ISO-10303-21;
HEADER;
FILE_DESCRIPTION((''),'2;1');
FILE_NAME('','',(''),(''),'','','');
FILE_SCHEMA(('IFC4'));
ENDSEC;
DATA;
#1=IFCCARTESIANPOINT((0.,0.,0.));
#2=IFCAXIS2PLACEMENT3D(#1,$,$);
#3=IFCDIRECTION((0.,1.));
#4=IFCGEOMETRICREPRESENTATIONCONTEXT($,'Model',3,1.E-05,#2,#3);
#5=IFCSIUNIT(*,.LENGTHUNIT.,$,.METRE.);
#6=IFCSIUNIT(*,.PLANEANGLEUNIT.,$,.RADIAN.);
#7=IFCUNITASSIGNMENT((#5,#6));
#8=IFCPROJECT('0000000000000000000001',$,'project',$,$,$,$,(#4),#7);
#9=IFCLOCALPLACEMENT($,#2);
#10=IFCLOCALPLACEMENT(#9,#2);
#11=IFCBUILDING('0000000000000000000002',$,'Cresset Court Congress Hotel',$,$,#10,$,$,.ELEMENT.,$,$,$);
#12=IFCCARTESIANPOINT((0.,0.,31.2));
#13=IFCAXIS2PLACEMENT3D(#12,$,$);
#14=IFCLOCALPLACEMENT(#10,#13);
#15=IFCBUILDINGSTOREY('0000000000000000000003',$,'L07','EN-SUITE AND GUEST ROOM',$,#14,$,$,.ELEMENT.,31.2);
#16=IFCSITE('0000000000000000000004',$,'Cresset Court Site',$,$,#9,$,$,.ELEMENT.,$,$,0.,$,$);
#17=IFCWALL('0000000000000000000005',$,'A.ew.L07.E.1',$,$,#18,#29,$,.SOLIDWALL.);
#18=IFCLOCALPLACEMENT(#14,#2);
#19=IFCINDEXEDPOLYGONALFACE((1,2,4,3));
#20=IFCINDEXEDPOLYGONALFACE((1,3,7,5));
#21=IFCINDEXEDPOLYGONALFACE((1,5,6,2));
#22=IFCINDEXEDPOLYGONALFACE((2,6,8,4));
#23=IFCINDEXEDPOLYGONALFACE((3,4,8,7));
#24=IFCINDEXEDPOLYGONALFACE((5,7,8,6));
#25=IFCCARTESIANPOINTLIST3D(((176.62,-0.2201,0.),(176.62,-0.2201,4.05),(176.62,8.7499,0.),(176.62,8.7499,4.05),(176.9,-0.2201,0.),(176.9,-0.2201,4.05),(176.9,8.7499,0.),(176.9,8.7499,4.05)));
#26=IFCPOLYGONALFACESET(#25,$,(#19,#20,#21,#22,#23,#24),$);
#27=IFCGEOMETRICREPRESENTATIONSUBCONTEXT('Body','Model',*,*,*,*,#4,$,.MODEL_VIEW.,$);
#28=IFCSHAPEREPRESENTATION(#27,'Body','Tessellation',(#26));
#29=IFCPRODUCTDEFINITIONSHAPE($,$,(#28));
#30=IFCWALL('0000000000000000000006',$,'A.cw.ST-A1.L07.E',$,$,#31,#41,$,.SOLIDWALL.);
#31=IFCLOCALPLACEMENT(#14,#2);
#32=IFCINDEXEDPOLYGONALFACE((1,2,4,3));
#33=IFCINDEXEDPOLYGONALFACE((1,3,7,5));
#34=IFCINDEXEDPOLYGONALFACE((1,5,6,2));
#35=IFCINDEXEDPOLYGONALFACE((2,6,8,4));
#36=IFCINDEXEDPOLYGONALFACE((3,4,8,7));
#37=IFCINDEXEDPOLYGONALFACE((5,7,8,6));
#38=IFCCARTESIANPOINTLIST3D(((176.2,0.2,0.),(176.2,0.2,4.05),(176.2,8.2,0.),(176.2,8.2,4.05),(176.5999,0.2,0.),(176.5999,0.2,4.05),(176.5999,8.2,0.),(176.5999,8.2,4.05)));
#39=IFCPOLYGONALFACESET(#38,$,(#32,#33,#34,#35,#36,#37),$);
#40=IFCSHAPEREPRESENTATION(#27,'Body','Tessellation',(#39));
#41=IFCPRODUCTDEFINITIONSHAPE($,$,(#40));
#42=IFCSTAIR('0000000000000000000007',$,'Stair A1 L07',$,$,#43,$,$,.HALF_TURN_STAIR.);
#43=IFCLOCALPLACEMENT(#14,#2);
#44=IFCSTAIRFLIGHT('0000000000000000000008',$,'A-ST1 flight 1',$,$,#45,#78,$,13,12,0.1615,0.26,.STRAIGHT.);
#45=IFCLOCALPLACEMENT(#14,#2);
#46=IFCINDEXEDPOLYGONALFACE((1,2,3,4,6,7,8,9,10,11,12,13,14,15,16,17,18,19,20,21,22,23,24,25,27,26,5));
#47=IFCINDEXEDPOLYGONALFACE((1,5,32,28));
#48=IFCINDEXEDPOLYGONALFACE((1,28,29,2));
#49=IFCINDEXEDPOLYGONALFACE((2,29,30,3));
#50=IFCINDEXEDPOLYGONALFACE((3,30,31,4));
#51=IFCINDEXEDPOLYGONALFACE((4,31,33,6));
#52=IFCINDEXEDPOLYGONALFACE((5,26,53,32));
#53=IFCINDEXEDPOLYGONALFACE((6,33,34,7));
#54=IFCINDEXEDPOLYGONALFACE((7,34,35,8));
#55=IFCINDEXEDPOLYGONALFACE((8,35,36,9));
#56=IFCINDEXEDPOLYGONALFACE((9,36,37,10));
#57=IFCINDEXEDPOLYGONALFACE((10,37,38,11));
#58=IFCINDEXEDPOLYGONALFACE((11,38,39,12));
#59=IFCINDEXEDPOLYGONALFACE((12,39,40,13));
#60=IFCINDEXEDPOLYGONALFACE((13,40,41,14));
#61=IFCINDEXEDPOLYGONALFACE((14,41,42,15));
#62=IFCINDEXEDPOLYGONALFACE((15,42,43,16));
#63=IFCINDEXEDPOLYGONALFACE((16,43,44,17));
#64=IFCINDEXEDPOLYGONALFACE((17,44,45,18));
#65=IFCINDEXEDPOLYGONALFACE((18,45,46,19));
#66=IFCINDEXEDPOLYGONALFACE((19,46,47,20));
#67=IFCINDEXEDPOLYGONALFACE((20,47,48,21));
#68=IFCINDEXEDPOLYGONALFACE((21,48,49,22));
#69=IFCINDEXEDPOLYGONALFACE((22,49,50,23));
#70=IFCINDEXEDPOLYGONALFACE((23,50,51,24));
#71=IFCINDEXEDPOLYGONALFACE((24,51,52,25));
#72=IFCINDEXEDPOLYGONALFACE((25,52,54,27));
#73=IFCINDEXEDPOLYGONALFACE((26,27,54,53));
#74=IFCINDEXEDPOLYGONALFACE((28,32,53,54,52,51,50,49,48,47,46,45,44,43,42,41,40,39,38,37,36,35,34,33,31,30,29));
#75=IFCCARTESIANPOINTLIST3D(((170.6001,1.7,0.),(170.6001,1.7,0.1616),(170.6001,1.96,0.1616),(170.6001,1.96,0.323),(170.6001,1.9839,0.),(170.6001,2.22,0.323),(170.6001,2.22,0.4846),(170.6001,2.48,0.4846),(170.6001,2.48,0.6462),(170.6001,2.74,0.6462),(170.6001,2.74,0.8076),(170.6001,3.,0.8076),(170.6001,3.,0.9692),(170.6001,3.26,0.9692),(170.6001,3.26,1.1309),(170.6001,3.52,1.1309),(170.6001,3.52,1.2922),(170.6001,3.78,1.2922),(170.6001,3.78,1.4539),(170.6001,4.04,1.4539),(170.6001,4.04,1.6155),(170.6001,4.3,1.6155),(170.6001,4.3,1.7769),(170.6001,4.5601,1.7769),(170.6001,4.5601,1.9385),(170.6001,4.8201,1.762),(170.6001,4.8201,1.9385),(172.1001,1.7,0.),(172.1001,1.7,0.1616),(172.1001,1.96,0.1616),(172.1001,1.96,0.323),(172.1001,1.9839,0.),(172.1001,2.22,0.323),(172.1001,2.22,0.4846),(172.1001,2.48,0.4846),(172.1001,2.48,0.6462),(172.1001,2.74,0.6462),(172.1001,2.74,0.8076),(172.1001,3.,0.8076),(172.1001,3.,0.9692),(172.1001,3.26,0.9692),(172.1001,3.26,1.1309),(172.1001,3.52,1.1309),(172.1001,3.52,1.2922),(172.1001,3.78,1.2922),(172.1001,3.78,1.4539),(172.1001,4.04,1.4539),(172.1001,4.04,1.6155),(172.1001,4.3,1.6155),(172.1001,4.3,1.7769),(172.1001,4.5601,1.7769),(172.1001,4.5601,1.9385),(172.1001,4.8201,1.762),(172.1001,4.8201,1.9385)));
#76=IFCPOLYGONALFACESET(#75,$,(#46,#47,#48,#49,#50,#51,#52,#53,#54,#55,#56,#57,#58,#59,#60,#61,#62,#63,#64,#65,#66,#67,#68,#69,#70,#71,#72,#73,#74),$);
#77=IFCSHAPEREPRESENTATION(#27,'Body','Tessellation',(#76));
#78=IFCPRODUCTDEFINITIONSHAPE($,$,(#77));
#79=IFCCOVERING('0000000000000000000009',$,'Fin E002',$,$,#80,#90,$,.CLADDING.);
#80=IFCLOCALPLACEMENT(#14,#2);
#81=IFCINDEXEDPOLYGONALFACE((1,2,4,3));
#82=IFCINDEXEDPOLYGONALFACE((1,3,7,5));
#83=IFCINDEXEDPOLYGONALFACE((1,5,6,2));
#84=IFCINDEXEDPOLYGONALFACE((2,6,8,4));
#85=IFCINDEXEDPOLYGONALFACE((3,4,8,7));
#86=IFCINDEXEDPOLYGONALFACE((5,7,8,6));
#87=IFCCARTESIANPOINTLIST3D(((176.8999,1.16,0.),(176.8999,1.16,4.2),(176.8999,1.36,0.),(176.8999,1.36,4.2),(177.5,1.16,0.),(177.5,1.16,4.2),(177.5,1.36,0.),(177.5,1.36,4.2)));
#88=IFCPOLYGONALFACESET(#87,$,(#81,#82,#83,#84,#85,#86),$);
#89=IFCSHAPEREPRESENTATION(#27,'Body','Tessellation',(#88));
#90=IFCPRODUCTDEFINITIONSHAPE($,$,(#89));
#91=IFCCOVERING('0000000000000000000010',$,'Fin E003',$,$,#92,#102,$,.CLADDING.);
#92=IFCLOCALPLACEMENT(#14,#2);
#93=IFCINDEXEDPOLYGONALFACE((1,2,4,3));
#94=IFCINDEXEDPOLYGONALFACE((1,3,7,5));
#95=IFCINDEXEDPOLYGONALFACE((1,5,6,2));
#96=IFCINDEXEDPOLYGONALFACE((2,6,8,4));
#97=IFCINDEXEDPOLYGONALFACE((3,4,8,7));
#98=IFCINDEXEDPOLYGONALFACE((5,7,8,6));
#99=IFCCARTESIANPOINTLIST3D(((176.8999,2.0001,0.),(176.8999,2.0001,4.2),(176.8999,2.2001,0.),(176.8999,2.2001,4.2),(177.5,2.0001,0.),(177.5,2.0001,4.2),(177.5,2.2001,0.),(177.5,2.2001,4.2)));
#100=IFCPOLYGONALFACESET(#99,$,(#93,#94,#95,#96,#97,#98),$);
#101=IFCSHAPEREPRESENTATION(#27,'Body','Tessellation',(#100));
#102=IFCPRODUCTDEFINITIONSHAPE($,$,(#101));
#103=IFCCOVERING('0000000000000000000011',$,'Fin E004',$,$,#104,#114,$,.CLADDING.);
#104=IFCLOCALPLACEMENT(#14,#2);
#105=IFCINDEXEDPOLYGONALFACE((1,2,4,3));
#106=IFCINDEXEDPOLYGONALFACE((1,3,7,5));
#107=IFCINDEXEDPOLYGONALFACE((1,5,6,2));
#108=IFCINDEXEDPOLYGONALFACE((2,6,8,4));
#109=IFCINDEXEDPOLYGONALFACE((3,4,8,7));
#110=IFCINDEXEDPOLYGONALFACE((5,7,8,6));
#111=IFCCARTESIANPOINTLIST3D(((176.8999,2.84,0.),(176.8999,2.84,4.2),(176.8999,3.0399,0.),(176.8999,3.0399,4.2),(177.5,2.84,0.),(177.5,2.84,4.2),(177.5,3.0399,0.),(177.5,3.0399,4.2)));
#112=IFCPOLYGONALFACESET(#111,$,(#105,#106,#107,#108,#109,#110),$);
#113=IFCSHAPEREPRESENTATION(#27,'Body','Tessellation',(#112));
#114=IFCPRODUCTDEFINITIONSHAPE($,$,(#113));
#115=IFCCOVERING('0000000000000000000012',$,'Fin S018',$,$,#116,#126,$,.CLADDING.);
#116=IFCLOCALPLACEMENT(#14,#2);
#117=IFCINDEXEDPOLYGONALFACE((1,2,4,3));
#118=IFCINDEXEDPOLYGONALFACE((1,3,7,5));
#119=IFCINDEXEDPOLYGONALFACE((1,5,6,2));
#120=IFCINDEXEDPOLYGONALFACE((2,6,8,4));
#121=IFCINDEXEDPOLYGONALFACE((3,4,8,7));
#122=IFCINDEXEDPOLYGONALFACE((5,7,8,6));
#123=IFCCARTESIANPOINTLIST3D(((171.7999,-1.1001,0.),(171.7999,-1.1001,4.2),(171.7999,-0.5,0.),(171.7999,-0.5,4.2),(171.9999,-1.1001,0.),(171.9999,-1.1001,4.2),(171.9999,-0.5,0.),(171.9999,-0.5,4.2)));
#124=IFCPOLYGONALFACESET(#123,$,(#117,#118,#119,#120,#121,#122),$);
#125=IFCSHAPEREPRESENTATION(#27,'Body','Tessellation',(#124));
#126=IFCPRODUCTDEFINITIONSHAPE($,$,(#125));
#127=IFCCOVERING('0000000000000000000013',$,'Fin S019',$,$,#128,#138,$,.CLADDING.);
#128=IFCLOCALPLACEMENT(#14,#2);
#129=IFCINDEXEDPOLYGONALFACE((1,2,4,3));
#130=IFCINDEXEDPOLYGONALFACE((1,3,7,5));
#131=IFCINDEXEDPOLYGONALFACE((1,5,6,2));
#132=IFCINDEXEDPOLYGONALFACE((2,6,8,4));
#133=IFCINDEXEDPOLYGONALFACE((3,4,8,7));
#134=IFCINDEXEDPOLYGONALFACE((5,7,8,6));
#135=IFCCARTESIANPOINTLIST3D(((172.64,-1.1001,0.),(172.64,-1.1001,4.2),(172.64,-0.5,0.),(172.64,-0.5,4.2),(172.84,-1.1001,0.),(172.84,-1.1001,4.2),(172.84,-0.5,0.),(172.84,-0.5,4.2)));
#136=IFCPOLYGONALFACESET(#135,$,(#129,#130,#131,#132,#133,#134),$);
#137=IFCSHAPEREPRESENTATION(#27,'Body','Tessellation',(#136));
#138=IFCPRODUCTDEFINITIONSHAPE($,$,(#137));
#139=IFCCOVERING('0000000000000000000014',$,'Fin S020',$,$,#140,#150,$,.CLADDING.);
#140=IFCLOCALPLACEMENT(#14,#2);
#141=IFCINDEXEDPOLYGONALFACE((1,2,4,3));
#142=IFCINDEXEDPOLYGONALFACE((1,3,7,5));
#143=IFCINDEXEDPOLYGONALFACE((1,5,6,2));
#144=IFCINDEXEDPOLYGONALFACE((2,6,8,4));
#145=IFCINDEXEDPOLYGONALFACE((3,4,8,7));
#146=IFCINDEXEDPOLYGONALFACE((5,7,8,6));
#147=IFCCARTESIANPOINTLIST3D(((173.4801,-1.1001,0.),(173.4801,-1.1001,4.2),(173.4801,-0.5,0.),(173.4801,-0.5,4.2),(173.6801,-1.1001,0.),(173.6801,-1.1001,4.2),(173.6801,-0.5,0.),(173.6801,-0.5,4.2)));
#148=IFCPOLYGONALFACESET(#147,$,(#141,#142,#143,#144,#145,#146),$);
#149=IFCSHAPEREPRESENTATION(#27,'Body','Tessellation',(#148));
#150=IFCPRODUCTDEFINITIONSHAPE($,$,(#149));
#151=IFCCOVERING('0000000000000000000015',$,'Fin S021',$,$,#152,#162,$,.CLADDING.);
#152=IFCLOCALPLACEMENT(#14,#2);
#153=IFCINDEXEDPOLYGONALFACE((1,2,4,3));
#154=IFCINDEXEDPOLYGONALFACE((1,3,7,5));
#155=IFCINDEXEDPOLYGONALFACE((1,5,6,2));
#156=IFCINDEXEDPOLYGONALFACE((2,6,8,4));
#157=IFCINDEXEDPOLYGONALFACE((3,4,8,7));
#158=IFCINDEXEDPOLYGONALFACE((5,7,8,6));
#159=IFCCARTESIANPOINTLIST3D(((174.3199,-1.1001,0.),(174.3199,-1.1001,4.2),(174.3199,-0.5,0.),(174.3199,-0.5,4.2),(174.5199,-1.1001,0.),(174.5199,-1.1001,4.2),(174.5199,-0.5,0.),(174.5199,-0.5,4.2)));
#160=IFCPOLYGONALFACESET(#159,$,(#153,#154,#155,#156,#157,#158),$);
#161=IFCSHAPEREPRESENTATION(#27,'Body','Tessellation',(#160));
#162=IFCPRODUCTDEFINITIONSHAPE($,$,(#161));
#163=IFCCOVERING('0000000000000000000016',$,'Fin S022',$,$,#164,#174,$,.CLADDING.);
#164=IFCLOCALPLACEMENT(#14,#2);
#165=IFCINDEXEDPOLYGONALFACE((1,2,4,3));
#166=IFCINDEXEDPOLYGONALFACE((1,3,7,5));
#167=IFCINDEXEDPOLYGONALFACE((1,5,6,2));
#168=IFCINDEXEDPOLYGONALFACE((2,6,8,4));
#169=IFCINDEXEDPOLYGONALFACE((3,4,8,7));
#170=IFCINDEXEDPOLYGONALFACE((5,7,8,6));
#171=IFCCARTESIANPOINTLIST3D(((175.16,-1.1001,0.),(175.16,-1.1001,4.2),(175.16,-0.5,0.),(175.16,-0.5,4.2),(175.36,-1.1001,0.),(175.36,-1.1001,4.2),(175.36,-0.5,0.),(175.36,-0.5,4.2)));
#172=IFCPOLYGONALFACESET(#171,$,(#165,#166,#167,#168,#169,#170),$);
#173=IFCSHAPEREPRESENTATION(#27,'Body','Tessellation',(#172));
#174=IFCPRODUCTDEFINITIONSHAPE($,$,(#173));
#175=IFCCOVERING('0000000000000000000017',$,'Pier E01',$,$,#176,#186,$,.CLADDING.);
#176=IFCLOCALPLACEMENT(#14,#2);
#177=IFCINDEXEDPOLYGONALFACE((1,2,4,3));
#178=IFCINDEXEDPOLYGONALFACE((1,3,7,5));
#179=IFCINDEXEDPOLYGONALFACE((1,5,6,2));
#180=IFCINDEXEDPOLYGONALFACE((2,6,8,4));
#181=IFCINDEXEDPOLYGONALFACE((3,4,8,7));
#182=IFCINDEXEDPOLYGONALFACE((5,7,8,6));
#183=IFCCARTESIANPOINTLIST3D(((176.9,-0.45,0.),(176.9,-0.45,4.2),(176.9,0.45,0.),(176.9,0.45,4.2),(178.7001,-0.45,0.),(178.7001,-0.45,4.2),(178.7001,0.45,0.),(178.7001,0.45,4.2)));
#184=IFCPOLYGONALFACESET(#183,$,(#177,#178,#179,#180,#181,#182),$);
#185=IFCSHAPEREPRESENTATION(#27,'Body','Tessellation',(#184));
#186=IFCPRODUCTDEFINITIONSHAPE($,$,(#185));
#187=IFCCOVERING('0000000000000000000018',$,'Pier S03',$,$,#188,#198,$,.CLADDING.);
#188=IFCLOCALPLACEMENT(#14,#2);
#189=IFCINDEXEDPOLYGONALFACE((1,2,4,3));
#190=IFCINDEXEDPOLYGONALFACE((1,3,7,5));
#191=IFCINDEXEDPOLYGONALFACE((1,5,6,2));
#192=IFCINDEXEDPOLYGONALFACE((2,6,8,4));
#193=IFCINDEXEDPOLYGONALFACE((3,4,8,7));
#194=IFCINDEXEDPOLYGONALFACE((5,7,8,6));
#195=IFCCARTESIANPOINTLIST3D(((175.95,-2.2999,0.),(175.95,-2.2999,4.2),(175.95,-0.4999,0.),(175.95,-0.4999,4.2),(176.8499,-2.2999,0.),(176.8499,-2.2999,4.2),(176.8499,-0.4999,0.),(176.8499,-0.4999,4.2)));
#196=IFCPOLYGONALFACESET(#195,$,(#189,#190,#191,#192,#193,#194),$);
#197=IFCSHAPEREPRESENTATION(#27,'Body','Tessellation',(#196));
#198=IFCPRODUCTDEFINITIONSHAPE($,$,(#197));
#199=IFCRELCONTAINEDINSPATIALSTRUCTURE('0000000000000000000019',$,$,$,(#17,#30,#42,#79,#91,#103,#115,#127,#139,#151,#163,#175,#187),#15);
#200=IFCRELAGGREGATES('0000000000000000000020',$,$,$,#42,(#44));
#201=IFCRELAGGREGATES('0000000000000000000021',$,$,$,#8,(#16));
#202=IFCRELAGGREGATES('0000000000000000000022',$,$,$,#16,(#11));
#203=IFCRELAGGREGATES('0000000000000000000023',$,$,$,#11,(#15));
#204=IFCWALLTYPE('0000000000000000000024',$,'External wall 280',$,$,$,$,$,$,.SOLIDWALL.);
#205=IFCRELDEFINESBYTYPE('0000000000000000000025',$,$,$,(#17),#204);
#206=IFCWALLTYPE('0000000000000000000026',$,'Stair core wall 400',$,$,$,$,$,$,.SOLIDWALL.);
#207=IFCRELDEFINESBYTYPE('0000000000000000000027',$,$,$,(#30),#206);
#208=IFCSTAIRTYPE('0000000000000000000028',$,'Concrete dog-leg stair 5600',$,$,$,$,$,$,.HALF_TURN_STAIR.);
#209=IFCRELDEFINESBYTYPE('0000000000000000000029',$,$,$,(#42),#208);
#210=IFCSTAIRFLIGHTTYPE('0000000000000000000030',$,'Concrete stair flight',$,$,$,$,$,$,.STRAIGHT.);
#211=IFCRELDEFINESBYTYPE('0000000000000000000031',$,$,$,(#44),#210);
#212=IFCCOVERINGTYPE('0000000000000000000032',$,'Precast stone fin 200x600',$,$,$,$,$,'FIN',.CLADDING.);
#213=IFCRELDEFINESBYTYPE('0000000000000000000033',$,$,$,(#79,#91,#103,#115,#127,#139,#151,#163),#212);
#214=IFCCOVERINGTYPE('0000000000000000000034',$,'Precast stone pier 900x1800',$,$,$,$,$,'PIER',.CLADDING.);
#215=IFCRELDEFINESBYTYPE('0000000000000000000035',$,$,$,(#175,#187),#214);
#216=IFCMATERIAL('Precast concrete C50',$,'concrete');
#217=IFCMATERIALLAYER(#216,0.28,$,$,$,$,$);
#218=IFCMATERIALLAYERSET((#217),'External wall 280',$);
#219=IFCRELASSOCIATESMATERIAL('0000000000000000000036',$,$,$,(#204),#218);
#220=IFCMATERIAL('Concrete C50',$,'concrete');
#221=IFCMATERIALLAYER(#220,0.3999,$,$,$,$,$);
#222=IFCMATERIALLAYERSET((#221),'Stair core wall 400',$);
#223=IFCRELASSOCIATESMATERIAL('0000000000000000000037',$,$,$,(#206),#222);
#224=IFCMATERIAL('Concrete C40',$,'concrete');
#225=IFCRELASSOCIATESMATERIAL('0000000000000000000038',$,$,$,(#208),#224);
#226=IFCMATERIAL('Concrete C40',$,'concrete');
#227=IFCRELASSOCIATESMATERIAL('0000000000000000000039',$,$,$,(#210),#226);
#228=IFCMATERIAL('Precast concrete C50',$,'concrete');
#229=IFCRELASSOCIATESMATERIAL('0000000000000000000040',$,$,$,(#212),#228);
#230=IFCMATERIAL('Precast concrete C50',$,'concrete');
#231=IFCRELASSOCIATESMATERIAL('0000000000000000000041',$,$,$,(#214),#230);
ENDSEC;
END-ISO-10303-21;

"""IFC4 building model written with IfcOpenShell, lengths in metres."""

from ifc_helpers import new_model, si_unit, direction, frame, frame_2d, origin, origin_2d, place, context, subcontext, project, spatial, polyline, rectangle, outline, extrude, material, layer, layer_set, type_object, element, aggregate, save


model = new_model("IFC4")

# Units and contexts
model_context = context("Model", 3, precision=1e-05, world=origin(), true_north=direction((0.0, 1.0)))
body_context = subcontext(model_context, "Body", "Model", "MODEL_VIEW")
ifc_project = project(units=[si_unit("LENGTHUNIT", "METRE"), si_unit("PLANEANGLEUNIT", "RADIAN")], contexts=[model_context])

# Site, building, storey
site_placement = place(None, origin())
site = spatial("IfcSite", under=ifc_project, at=site_placement, Name="Cresset Court Site", CompositionType="ELEMENT", RefElevation=0.0)
building_placement = place(site_placement, origin())
building = spatial("IfcBuilding", under=site, at=building_placement, Name="Cresset Court Congress Hotel", CompositionType="ELEMENT")
storey_placement = place(building_placement, frame((0.0, 0.0, 31.2)))
storey = spatial("IfcBuildingStorey", under=building, at=storey_placement, Name="L07", Description="EN-SUITE AND GUEST ROOM", CompositionType="ELEMENT", Elevation=31.2)

# Walls
ifc_material_1 = material(Name="Precast concrete C50", Category="concrete")
ifc_layer_1 = layer(ifc_material_1, 0.28)
ifc_layer_set_1 = layer_set([ifc_layer_1], Name="External wall 280")
wall_type_1 = type_object("IfcWallType", Name="External wall 280", PredefinedType="SOLIDWALL", material=ifc_layer_set_1)
wall_1_placement = place(storey_placement, frame((176.76, -0.22, 0.0), z_axis=(0.0, 0.0, 1.0), x_axis=(0.0, 1.0, 0.0)))
element("IfcWall", 1, at=wall_1_placement, inside=storey, type_object=wall_type_1, Name="A.ew.L07.E.1", PredefinedType="SOLIDWALL", context=body_context, shape_type="SweptSolid", body=[
    extrude(rectangle(XDim=8.97, YDim=0.28, at=frame_2d((4.4849, 0.0))), origin(), (0.0, 0.0, 1.0), 4.05),
])
ifc_material_2 = material(Name="Concrete C50", Category="concrete")
ifc_layer_2 = layer(ifc_material_2, 0.3999)
ifc_layer_set_2 = layer_set([ifc_layer_2], Name="Stair core wall 400")
wall_type_2 = type_object("IfcWallType", Name="Stair core wall 400", PredefinedType="SOLIDWALL", material=ifc_layer_set_2)
wall_2_placement = place(storey_placement, frame((176.3999, 0.2, 0.0), z_axis=(0.0, 0.0, 1.0), x_axis=(0.0, 1.0, 0.0)))
element("IfcWall", 2, at=wall_2_placement, inside=storey, type_object=wall_type_2, Name="A.cw.ST-A1.L07.E", PredefinedType="SOLIDWALL", context=body_context, shape_type="SweptSolid", body=[
    extrude(rectangle(XDim=8.0, YDim=0.3999, at=frame_2d((4.0, 0.0))), origin(), (0.0, 0.0, 1.0), 4.05),
])

# Stair, stair flight
ifc_material_3 = material(Name="Concrete C40", Category="concrete")
stair_type = type_object("IfcStairType", Name="Concrete dog-leg stair 5600", PredefinedType="HALF_TURN_STAIR", material=ifc_material_3)
stair_placement = place(storey_placement, origin())
stair = element("IfcStair", 3, at=stair_placement, inside=storey, type_object=stair_type, Name="Stair A1 L07", PredefinedType="HALF_TURN_STAIR")
ifc_material_4 = material(Name="Concrete C40", Category="concrete")
stair_flight_type = type_object("IfcStairFlightType", Name="Concrete stair flight", PredefinedType="STRAIGHT", material=ifc_material_4)
stair_flight_placement = place(storey_placement, frame((171.3501, 1.7, 0.0), z_axis=(0.0, 0.0, 1.0), x_axis=(0.0, 1.0, 0.0)))
stair_flight = element("IfcStairFlight", 4, at=stair_flight_placement, type_object=stair_flight_type, Name="A-ST1 flight 1", NumberOfRisers=13, NumberOfTreads=12, PredefinedType="STRAIGHT", RiserHeight=0.1615, TreadLength=0.26, context=body_context, shape_type="SweptSolid", body=[
    extrude(outline(polyline([(0.0, 0.0), (0.0, 0.1616), (0.26, 0.1616), (0.26, 0.323), (0.52, 0.323), (0.52, 0.4846), (0.78, 0.4846), (0.78, 0.6462), (1.04, 0.6462), (1.04, 0.8076), (1.3, 0.8076), (1.3, 0.9692), (1.5601, 0.9692), (1.5601, 1.1309), (1.8201, 1.1309), (1.8201, 1.2922), (2.0801, 1.2922), (2.0801, 1.4539), (2.3401, 1.4539), (2.3401, 1.6155), (2.6001, 1.6155), (2.6001, 1.7769), (2.8601, 1.7769), (2.8601, 1.9385), (3.1201, 1.9385), (3.1201, 2.1001), (3.1201, 1.762), (0.2839, 0.0), (0.0, 0.0)])), frame((0.0, 0.75, 0.0), z_axis=(0.0, -1.0, 0.0), x_axis=(1.0, 0.0, 0.0)), (0.0, 0.0, 1.0), 1.5),
])
aggregate(stair, [stair_flight])

# Coverings
ifc_material_5 = material(Name="Precast concrete C50", Category="concrete")
covering_type_1 = type_object("IfcCoveringType", Name="Precast stone fin 200x600", ElementType="FIN", PredefinedType="CLADDING", material=ifc_material_5)
for number, where, z_axis, x_axis, name in (
    (5, (177.2, 1.26, 0.0), (0.0, 0.0, 1.0), (1.0, 0.0, 0.0), "Fin E002"),
    (6, (177.2, 2.1001, 0.0), (0.0, 0.0, 1.0), (1.0, 0.0, 0.0), "Fin E003"),
    (7, (177.2, 2.9399, 0.0), (0.0, 0.0, 1.0), (1.0, 0.0, 0.0), "Fin E004"),
):
    element("IfcCovering", number, at=place(storey_placement, frame(where, z_axis=z_axis, x_axis=x_axis)), inside=storey, type_object=covering_type_1, Name=name, PredefinedType="CLADDING", context=body_context, shape_type="SweptSolid", body=[
        extrude(rectangle(XDim=0.6001, YDim=0.2, at=origin_2d()), origin(), (0.0, 0.0, 1.0), 4.2),
    ])
for number, where, z_axis, x_axis, name in (
    (8, (171.8999, -0.8, 0.0), (0.0, 0.0, 1.0), (1.0, 0.0, 0.0), "Fin S018"),
    (9, (172.74, -0.8, 0.0), (0.0, 0.0, 1.0), (1.0, 0.0, 0.0), "Fin S019"),
    (10, (173.5801, -0.8, 0.0), (0.0, 0.0, 1.0), (1.0, 0.0, 0.0), "Fin S020"),
    (11, (174.4199, -0.8, 0.0), (0.0, 0.0, 1.0), (1.0, 0.0, 0.0), "Fin S021"),
    (12, (175.26, -0.8, 0.0), (0.0, 0.0, 1.0), (1.0, 0.0, 0.0), "Fin S022"),
):
    element("IfcCovering", number, at=place(storey_placement, frame(where, z_axis=z_axis, x_axis=x_axis)), inside=storey, type_object=covering_type_1, Name=name, PredefinedType="CLADDING", context=body_context, shape_type="SweptSolid", body=[
        extrude(rectangle(XDim=0.2, YDim=0.6001, at=origin_2d()), origin(), (0.0, 0.0, 1.0), 4.2),
    ])
ifc_material_6 = material(Name="Precast concrete C50", Category="concrete")
covering_type_2 = type_object("IfcCoveringType", Name="Precast stone pier 900x1800", ElementType="PIER", PredefinedType="CLADDING", material=ifc_material_6)
covering_1_placement = place(storey_placement, frame((177.8, 0.0, 0.0), z_axis=(0.0, 0.0, 1.0), x_axis=(1.0, 0.0, 0.0)))
element("IfcCovering", 13, at=covering_1_placement, inside=storey, type_object=covering_type_2, Name="Pier E01", PredefinedType="CLADDING", context=body_context, shape_type="SweptSolid", body=[
    extrude(rectangle(XDim=1.8, YDim=0.8999, at=origin_2d()), origin(), (0.0, 0.0, 1.0), 4.2),
])
covering_2_placement = place(storey_placement, frame((176.3999, -1.3999, 0.0), z_axis=(0.0, 0.0, 1.0), x_axis=(1.0, 0.0, 0.0)))
element("IfcCovering", 14, at=covering_2_placement, inside=storey, type_object=covering_type_2, Name="Pier S03", PredefinedType="CLADDING", context=body_context, shape_type="SweptSolid", body=[
    extrude(rectangle(XDim=0.8999, YDim=1.8, at=origin_2d()), origin(), (0.0, 0.0, 1.0), 4.2),
])

save(model, "model.ifc")
